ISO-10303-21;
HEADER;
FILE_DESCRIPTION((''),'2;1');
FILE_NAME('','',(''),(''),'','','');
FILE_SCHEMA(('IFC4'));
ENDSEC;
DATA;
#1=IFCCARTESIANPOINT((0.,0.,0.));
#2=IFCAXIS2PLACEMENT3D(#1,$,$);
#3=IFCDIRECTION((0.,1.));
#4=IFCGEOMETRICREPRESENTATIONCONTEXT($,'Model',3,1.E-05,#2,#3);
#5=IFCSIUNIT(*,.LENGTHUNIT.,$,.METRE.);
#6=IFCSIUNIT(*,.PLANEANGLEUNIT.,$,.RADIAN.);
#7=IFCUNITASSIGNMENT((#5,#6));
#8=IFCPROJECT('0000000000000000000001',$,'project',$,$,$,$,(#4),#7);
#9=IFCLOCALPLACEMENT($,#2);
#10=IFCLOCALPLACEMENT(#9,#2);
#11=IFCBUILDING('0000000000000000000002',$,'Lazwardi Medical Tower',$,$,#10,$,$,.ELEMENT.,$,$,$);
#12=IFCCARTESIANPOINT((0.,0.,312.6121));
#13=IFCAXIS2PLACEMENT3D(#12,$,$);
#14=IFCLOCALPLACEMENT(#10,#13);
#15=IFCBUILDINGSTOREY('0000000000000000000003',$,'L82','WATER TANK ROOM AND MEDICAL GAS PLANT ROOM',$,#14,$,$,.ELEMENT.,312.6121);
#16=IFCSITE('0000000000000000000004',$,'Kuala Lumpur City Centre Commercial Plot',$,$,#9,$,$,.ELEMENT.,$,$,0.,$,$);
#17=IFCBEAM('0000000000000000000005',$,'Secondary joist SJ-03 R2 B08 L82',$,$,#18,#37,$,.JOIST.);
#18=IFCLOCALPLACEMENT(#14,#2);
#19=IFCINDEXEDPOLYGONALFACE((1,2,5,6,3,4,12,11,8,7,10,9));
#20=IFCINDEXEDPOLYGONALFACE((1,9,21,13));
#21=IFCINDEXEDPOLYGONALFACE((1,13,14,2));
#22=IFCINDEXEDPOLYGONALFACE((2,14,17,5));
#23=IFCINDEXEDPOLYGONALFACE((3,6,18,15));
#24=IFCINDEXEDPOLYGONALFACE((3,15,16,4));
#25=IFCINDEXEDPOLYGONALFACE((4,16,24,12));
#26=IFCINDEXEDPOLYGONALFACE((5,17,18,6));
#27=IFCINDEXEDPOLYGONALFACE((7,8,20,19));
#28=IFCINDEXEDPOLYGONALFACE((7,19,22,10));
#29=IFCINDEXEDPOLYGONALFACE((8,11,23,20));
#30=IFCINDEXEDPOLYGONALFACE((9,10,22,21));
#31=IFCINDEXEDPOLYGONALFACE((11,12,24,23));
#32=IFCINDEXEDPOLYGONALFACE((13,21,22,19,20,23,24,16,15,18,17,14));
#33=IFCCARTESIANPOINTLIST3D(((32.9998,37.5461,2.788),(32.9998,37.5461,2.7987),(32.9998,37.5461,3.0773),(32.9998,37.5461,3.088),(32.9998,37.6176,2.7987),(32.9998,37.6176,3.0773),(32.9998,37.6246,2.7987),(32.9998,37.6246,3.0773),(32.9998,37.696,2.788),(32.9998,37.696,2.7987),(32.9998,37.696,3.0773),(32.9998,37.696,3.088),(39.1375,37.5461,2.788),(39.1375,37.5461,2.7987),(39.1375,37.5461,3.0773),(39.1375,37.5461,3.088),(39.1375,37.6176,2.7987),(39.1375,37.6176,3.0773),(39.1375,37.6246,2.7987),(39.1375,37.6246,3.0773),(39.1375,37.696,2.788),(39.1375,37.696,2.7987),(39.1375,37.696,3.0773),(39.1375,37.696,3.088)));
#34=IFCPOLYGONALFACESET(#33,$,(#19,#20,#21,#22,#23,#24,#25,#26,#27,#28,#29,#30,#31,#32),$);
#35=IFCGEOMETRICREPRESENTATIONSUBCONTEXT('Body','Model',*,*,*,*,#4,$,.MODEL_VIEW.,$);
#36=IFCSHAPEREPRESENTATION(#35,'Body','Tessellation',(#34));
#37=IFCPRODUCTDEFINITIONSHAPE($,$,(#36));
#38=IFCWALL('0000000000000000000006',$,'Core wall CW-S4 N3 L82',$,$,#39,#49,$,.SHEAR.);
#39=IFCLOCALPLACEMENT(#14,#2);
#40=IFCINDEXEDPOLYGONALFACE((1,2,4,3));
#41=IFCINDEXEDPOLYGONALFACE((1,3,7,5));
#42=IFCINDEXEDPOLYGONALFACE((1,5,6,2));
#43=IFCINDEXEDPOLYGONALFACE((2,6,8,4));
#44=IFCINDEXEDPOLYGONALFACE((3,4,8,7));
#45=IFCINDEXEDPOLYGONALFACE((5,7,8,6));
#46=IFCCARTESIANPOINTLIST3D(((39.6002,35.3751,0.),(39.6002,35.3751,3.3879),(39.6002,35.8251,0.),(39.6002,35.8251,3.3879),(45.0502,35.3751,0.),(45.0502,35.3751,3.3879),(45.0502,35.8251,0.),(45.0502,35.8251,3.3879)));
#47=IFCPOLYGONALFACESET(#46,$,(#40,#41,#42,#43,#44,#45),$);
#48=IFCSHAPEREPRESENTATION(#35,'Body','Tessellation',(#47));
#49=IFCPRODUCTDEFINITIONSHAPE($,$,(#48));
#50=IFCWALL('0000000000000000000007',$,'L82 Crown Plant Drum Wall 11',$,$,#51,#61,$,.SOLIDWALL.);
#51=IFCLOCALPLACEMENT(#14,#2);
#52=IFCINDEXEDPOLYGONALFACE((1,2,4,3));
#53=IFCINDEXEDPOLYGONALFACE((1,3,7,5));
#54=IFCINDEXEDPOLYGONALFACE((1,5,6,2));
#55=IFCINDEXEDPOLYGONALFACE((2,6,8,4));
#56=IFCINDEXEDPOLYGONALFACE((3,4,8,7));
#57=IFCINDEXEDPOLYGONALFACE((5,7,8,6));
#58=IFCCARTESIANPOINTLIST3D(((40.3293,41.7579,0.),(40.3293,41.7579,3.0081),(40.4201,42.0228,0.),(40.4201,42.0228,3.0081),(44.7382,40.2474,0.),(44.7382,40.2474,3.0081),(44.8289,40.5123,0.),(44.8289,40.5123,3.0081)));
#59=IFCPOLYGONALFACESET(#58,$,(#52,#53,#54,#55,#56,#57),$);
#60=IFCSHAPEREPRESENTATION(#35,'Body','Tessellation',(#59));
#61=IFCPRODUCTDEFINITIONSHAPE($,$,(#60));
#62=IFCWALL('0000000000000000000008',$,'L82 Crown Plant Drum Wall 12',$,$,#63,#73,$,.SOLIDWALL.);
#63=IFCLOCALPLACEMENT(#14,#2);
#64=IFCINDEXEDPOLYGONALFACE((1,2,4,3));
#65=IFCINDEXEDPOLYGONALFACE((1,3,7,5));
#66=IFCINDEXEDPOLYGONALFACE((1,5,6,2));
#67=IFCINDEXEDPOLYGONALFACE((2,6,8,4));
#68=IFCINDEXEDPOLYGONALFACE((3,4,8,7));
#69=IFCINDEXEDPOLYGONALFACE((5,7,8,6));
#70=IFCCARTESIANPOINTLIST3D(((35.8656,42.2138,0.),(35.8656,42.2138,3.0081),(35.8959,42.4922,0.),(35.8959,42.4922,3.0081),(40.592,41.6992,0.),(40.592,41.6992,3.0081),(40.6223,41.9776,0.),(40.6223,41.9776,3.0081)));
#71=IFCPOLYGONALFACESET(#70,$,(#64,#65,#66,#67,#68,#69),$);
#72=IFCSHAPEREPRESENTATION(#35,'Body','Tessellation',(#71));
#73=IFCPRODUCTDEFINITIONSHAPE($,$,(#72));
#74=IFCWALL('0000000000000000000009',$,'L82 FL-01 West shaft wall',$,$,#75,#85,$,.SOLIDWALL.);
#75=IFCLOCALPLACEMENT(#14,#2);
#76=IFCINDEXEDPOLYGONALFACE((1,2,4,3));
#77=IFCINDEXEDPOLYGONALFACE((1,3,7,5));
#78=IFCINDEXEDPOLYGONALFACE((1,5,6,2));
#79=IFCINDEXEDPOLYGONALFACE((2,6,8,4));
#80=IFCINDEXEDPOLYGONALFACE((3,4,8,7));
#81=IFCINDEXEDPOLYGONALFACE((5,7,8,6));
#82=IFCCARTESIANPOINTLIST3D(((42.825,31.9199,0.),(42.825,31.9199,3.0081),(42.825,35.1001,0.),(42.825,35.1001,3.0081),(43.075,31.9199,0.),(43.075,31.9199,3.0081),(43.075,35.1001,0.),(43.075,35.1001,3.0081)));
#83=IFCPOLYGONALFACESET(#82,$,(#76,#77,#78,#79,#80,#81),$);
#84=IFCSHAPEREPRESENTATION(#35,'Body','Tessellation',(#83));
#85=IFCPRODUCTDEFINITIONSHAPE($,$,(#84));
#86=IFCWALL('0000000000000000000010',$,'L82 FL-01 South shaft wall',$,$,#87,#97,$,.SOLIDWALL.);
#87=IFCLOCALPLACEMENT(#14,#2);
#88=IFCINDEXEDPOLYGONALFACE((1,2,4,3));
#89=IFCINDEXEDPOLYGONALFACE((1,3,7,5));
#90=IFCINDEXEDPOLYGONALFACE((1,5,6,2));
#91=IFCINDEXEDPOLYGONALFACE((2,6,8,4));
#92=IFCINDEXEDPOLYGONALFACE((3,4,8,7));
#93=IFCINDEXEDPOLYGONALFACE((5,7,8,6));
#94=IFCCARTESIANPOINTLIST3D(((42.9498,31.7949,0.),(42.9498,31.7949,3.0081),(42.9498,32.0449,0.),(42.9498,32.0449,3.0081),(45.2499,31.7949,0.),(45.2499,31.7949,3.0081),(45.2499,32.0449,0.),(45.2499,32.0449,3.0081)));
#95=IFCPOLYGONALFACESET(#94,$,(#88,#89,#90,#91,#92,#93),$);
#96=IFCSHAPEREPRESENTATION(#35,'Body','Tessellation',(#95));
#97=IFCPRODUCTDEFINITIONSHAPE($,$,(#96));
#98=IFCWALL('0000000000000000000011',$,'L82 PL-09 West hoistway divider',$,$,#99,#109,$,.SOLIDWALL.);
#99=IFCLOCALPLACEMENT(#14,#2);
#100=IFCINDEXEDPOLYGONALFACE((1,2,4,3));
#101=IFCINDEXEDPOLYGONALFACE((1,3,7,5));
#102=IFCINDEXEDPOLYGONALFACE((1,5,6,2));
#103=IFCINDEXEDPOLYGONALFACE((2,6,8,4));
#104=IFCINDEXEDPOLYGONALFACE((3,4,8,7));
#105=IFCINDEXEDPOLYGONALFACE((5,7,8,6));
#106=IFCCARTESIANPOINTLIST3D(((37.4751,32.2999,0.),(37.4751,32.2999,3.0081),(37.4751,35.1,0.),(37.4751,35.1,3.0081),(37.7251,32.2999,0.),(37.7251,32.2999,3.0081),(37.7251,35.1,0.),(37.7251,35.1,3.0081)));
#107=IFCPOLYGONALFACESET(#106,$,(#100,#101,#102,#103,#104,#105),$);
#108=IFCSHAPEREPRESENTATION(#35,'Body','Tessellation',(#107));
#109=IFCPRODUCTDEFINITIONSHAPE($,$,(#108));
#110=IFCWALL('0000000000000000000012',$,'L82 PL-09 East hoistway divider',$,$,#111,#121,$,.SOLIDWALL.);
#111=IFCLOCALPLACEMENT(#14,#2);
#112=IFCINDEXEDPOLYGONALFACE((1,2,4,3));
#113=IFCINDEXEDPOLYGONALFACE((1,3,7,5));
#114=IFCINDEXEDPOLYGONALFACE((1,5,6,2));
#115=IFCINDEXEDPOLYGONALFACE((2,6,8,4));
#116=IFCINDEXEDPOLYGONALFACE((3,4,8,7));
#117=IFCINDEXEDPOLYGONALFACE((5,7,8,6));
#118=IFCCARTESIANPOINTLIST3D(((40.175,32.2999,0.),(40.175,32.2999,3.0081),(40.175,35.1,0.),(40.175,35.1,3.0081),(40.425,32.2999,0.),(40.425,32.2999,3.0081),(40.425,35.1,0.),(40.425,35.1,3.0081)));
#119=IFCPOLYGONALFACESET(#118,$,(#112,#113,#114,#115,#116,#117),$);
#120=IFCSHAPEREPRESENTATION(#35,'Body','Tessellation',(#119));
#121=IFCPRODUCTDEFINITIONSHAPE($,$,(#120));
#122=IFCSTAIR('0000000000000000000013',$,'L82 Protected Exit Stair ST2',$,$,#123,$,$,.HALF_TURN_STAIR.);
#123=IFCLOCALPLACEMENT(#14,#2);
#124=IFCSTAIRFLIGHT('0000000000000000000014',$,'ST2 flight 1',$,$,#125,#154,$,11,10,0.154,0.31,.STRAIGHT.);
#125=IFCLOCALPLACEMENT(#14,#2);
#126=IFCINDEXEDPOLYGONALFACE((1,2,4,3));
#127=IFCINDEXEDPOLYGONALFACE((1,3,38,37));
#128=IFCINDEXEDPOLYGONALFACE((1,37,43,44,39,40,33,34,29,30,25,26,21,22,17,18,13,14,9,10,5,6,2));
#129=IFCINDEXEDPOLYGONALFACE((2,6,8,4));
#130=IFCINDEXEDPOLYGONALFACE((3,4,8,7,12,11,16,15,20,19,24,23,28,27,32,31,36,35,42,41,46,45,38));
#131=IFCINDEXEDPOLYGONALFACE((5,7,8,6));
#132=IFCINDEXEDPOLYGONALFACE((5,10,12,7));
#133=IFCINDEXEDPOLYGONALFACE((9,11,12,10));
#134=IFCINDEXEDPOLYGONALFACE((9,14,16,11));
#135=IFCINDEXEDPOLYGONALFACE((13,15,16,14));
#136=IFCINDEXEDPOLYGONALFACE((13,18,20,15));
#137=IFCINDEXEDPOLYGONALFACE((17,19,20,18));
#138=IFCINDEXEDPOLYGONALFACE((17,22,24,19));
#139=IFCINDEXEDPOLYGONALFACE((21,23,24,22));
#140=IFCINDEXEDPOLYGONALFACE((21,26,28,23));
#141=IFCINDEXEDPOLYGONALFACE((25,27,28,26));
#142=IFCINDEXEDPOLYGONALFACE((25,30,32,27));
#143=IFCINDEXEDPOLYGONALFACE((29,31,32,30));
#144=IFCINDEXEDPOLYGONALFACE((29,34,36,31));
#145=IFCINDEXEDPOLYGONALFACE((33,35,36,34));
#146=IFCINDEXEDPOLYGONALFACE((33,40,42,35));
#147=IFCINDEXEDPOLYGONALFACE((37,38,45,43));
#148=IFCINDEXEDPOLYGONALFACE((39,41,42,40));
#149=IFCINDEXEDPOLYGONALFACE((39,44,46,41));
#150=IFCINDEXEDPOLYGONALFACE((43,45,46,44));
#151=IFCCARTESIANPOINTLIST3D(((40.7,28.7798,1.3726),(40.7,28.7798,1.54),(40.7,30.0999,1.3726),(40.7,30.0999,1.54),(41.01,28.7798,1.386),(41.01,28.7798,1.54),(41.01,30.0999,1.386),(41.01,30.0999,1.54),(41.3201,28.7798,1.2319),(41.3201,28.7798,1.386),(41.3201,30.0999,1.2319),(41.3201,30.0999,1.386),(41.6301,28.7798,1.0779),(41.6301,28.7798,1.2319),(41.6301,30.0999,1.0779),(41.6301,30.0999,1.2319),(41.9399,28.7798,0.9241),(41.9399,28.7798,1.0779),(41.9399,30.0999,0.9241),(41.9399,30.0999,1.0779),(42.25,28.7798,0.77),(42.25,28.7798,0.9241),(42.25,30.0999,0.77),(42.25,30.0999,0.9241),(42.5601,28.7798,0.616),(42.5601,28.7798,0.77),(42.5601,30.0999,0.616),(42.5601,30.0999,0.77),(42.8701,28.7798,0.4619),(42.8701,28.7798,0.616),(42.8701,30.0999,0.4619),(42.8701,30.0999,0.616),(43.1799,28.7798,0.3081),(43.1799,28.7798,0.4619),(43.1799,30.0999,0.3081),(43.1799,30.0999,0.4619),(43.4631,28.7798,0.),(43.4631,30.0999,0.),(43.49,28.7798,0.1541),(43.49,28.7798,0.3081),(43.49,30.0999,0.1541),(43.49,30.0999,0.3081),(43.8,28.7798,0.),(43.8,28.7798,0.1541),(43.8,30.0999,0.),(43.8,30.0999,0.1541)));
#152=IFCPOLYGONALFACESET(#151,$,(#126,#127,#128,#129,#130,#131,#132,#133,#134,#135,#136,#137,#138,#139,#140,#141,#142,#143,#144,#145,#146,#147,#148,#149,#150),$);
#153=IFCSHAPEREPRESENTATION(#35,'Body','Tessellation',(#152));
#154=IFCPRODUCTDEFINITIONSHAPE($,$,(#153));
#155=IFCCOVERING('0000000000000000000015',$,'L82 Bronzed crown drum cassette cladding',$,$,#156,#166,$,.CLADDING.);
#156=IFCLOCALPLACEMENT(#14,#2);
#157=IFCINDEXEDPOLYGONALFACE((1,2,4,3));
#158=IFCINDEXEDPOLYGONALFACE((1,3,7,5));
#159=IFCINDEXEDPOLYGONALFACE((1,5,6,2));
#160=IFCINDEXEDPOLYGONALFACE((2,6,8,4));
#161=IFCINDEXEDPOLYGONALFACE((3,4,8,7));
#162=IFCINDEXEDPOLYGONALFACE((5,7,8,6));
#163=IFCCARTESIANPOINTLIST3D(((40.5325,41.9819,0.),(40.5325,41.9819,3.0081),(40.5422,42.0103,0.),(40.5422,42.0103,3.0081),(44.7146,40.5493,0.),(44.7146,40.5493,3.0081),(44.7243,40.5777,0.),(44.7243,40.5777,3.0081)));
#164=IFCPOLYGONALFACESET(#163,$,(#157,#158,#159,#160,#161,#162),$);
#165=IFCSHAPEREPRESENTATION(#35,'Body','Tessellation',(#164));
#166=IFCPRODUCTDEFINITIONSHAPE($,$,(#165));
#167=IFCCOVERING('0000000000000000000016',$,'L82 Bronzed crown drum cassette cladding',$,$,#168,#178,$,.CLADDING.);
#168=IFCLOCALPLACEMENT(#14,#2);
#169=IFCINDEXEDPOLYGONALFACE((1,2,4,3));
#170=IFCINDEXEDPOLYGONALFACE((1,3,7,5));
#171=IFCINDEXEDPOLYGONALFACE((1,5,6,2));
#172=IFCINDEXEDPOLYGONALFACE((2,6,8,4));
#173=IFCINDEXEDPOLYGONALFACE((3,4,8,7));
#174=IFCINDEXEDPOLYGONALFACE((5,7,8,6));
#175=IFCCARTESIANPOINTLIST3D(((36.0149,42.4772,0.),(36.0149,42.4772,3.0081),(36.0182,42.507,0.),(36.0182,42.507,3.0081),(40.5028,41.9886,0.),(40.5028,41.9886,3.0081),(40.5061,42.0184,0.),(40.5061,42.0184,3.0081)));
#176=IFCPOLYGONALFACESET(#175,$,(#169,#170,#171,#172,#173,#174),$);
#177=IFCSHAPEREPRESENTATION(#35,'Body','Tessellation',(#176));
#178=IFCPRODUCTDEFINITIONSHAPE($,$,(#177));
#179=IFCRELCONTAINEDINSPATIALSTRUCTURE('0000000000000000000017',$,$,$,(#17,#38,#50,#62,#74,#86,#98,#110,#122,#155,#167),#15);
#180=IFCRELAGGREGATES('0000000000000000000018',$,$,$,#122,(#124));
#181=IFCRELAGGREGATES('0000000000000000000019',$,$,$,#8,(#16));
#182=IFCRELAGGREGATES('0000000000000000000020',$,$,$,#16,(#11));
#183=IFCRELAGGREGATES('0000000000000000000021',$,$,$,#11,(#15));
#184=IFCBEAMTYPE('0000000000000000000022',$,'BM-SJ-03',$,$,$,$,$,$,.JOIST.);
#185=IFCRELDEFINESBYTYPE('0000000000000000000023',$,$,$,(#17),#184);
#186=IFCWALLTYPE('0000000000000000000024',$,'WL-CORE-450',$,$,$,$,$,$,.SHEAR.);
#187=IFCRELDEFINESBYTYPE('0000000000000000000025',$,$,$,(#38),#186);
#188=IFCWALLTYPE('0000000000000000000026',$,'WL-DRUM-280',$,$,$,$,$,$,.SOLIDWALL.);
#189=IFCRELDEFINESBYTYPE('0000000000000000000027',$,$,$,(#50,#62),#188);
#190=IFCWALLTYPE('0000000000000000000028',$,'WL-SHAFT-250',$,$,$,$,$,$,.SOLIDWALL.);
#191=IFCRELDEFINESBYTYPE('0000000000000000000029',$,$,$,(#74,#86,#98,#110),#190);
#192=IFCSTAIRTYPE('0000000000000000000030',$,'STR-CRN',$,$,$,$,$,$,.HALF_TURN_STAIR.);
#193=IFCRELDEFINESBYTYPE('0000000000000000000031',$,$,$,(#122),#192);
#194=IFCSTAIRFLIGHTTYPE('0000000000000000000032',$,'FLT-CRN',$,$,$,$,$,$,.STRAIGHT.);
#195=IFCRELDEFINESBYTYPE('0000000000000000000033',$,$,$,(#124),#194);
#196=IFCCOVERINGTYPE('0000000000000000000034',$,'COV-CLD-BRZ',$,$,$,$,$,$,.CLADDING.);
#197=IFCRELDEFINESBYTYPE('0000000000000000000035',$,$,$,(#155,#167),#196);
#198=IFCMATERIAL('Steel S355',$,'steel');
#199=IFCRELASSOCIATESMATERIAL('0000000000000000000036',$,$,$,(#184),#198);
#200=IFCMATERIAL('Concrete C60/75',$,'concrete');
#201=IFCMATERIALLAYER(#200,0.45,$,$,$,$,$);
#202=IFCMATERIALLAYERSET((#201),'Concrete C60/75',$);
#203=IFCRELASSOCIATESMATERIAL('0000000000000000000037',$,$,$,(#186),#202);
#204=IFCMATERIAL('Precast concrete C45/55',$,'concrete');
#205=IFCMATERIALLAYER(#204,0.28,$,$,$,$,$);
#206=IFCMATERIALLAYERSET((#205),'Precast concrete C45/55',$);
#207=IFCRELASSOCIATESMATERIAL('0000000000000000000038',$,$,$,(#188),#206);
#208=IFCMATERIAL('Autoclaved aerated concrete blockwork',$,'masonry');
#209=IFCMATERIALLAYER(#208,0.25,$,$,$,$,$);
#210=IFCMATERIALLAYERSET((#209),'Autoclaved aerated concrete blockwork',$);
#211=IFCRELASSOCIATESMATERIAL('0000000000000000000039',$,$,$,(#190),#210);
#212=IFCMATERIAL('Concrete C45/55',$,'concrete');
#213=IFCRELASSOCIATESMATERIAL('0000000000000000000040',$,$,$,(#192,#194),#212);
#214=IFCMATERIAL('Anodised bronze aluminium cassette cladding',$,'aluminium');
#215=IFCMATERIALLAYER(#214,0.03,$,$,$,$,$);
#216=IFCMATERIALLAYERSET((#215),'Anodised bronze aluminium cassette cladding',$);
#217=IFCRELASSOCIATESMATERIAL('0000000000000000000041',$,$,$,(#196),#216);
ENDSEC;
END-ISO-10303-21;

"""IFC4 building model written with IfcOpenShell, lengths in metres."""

from ifc_helpers import new_model, si_unit, direction, frame, frame_2d, origin, origin_2d, place, context, subcontext, project, spatial, polyline, rectangle, i_section, outline, extrude, material, layer, layer_set, material_profile, profile_set, type_object, element, aggregate, save


model = new_model("IFC4")

# Units and contexts
model_context = context("Model", 3, precision=1e-05, world=origin(), true_north=direction((0.0, 1.0)))
body_context = subcontext(model_context, "Body", "Model", "MODEL_VIEW")
ifc_project = project(units=[si_unit("LENGTHUNIT", "METRE"), si_unit("PLANEANGLEUNIT", "RADIAN")], contexts=[model_context])

# Site, building, storey
site_placement = place(None, origin())
site = spatial("IfcSite", under=ifc_project, at=site_placement, Name="Kuala Lumpur City Centre Commercial Plot", CompositionType="ELEMENT", RefElevation=0.0)
building_placement = place(site_placement, origin())
building = spatial("IfcBuilding", under=site, at=building_placement, Name="Lazwardi Medical Tower", CompositionType="ELEMENT")
storey_placement = place(building_placement, frame((0.0, 0.0, 312.6121)))
storey = spatial("IfcBuildingStorey", under=building, at=storey_placement, Name="L82", Description="WATER TANK ROOM AND MEDICAL GAS PLANT ROOM", CompositionType="ELEMENT", Elevation=312.6121)

# Shared definitions
ifc_material_1 = material(Name="Concrete C60/75", Category="concrete")

# Beam
ifc_material_2 = material(Name="Steel S355", Category="steel")
ifc_material_profile_1 = material_profile(ifc_material_2, i_section(OverallWidth=0.1499, OverallDepth=0.3, WebThickness=0.0071, FlangeThickness=0.0107, at=origin_2d()), Name="IPE 300")
ifc_profile_set_1 = profile_set([ifc_material_profile_1], Name="Steel S355")
beam_type_1 = type_object("IfcBeamType", Name="BM-SJ-03", PredefinedType="JOIST", material=ifc_profile_set_1)
beam_1_placement = place(storey_placement, frame((39.1375, 37.6211, 2.938), z_axis=(-1.0, 0.0, 0.0), x_axis=(0.0, -1.0, 0.0)))
element("IfcBeam", 1, at=beam_1_placement, inside=storey, type_object=beam_type_1, Name="Secondary joist SJ-03 R2 B08 L82", PredefinedType="JOIST", context=body_context, shape_type="SweptSolid", body=[
    extrude(i_section(OverallWidth=0.1499, OverallDepth=0.3, WebThickness=0.0071, FlangeThickness=0.0107, at=origin_2d()), origin(), (0.0, 0.0, 1.0), 6.1377),
])

# Walls
ifc_layer_1 = layer(ifc_material_1, 0.45)
ifc_layer_set_1 = layer_set([ifc_layer_1], Name="Concrete C60/75")
wall_type_1 = type_object("IfcWallType", Name="WL-CORE-450", PredefinedType="SHEAR", material=ifc_layer_set_1)
wall_1_placement = place(storey_placement, frame((39.6001, 35.6001, 0.0), z_axis=(0.0, 0.0, 1.0), x_axis=(1.0, 0.0, 0.0)))
element("IfcWall", 2, at=wall_1_placement, inside=storey, type_object=wall_type_1, Name="Core wall CW-S4 N3 L82", PredefinedType="SHEAR", context=body_context, shape_type="SweptSolid", body=[
    extrude(rectangle(XDim=5.45, YDim=0.45, at=frame_2d((2.7251, 0.0))), origin(), (0.0, 0.0, 1.0), 3.3879),
])
ifc_material_3 = material(Name="Precast concrete C45/55", Category="concrete")
ifc_layer_2 = layer(ifc_material_3, 0.28)
ifc_layer_set_2 = layer_set([ifc_layer_2], Name="Precast concrete C45/55")
wall_type_2 = type_object("IfcWallType", Name="WL-DRUM-280", PredefinedType="SOLIDWALL", material=ifc_layer_set_2)
wall_2_placement = place(storey_placement, frame((44.7834, 40.3799, 0.0), z_axis=(0.0, 0.0, 1.0), x_axis=(-0.946021, 0.324106, 0.0)))
element("IfcWall", 3, at=wall_2_placement, inside=storey, type_object=wall_type_2, Name="L82 Crown Plant Drum Wall 11", PredefinedType="SOLIDWALL", context=body_context, shape_type="SweptSolid", body=[
    extrude(rectangle(XDim=4.6604, YDim=0.28, at=frame_2d((2.3301, 0.0))), origin(), (0.0, 0.0, 1.0), 3.0081),
])
wall_3_placement = place(storey_placement, frame((40.6072, 41.8384, 0.0), z_axis=(0.0, 0.0, 1.0), x_axis=(-0.994124, 0.108245, 0.0)))
element("IfcWall", 4, at=wall_3_placement, inside=storey, type_object=wall_type_2, Name="L82 Crown Plant Drum Wall 12", PredefinedType="SOLIDWALL", context=body_context, shape_type="SweptSolid", body=[
    extrude(rectangle(XDim=4.7544, YDim=0.28, at=frame_2d((2.3772, 0.0))), origin(), (0.0, 0.0, 1.0), 3.0081),
])
ifc_material_4 = material(Name="Autoclaved aerated concrete blockwork", Category="masonry")
ifc_layer_3 = layer(ifc_material_4, 0.25)
ifc_layer_set_3 = layer_set([ifc_layer_3], Name="Autoclaved aerated concrete blockwork")
wall_type_3 = type_object("IfcWallType", Name="WL-SHAFT-250", PredefinedType="SOLIDWALL", material=ifc_layer_set_3)
wall_4_placement = place(storey_placement, frame((42.95, 31.9199, 0.0), z_axis=(0.0, 0.0, 1.0), x_axis=(0.0, 1.0, 0.0)))
element("IfcWall", 5, at=wall_4_placement, inside=storey, type_object=wall_type_3, Name="L82 FL-01 West shaft wall", PredefinedType="SOLIDWALL", context=body_context, shape_type="SweptSolid", body=[
    extrude(rectangle(XDim=3.1802, YDim=0.25, at=frame_2d((1.5901, 0.0))), origin(), (0.0, 0.0, 1.0), 3.0081),
])
wall_5_placement = place(storey_placement, frame((42.95, 31.9199, 0.0), z_axis=(0.0, 0.0, 1.0), x_axis=(1.0, 0.0, 0.0)))
element("IfcWall", 6, at=wall_5_placement, inside=storey, type_object=wall_type_3, Name="L82 FL-01 South shaft wall", PredefinedType="SOLIDWALL", context=body_context, shape_type="SweptSolid", body=[
    extrude(rectangle(XDim=2.3, YDim=0.25, at=frame_2d((1.1499, 0.0))), origin(), (0.0, 0.0, 1.0), 3.0081),
])
for number, where, z_axis, x_axis, name in (
    (7, (37.6001, 32.3, 0.0), (0.0, 0.0, 1.0), (0.0, 1.0, 0.0), "L82 PL-09 West hoistway divider"),
    (8, (40.3, 32.3, 0.0), (0.0, 0.0, 1.0), (0.0, 1.0, 0.0), "L82 PL-09 East hoistway divider"),
):
    element("IfcWall", number, at=place(storey_placement, frame(where, z_axis=z_axis, x_axis=x_axis)), inside=storey, type_object=wall_type_3, Name=name, PredefinedType="SOLIDWALL", context=body_context, shape_type="SweptSolid", body=[
        extrude(rectangle(XDim=2.8, YDim=0.25, at=frame_2d((1.3999, 0.0))), origin(), (0.0, 0.0, 1.0), 3.0081),
    ])

# Stair, stair flight
ifc_material_5 = material(Name="Concrete C45/55", Category="concrete")
stair_type = type_object("IfcStairType", Name="STR-CRN", PredefinedType="HALF_TURN_STAIR", material=ifc_material_5)
stair_placement = place(storey_placement, origin())
stair = element("IfcStair", 9, at=stair_placement, inside=storey, type_object=stair_type, Name="L82 Protected Exit Stair ST2", PredefinedType="HALF_TURN_STAIR")
stair_flight_type = type_object("IfcStairFlightType", Name="FLT-CRN", PredefinedType="STRAIGHT", material=ifc_material_5)
stair_flight_placement = place(storey_placement, frame((43.8, 29.4399, 0.0), z_axis=(0.0, 0.0, 1.0), x_axis=(-1.0, 0.0, 0.0)))
stair_flight = element("IfcStairFlight", 10, at=stair_flight_placement, type_object=stair_flight_type, Name="ST2 flight 1", NumberOfRisers=11, NumberOfTreads=10, PredefinedType="STRAIGHT", RiserHeight=0.154, TreadLength=0.31, context=body_context, shape_type="SweptSolid", body=[
    extrude(outline(polyline([(0.0, 0.0), (0.0, 0.1541), (0.3101, 0.1541), (0.3101, 0.3081), (0.6201, 0.3081), (0.6201, 0.4619), (0.9299, 0.4619), (0.9299, 0.616), (1.24, 0.616), (1.24, 0.77), (1.55, 0.77), (1.55, 0.9241), (1.8601, 0.9241), (1.8601, 1.0779), (2.1699, 1.0779), (2.1699, 1.2319), (2.48, 1.2319), (2.48, 1.386), (2.79, 1.386), (2.79, 1.54), (3.1001, 1.54), (3.1001, 1.6941), (3.1001, 1.3726), (0.3369, 0.0), (0.0, 0.0)])), frame((0.0, 0.6602, 0.0), z_axis=(0.0, -1.0, 0.0), x_axis=(1.0, 0.0, 0.0)), (0.0, 0.0, 1.0), 1.3201),
])
aggregate(stair, [stair_flight])

# Coverings
ifc_material_6 = material(Name="Anodised bronze aluminium cassette cladding", Category="aluminium")
ifc_layer_4 = layer(ifc_material_6, 0.03)
ifc_layer_set_4 = layer_set([ifc_layer_4], Name="Anodised bronze aluminium cassette cladding")
covering_type = type_object("IfcCoveringType", Name="COV-CLD-BRZ", PredefinedType="CLADDING", material=ifc_layer_set_4)
covering_1_placement = place(storey_placement, frame((42.6284, 41.2798, 0.0), z_axis=(0.0, 0.0, 1.0), x_axis=(-0.946033, 0.324069, 0.0)))
element("IfcCovering", 11, at=covering_1_placement, inside=storey, type_object=covering_type, Name="L82 Bronzed crown drum cassette cladding", PredefinedType="CLADDING", context=body_context, shape_type="SweptSolid", body=[
    extrude(rectangle(XDim=4.4207, YDim=0.03, at=origin_2d()), origin(), (0.0, 0.0, 1.0), 3.0081),
])
covering_2_placement = place(storey_placement, frame((38.2605, 42.2478, 0.0), z_axis=(0.0, 0.0, 1.0), x_axis=(-0.994126, 0.10823, 0.0)))
element("IfcCovering", 12, at=covering_2_placement, inside=storey, type_object=covering_type, Name="L82 Bronzed crown drum cassette cladding", PredefinedType="CLADDING", context=body_context, shape_type="SweptSolid", body=[
    extrude(rectangle(XDim=4.5144, YDim=0.03, at=origin_2d()), origin(), (0.0, 0.0, 1.0), 3.0081),
])

save(model, "model.ifc")
